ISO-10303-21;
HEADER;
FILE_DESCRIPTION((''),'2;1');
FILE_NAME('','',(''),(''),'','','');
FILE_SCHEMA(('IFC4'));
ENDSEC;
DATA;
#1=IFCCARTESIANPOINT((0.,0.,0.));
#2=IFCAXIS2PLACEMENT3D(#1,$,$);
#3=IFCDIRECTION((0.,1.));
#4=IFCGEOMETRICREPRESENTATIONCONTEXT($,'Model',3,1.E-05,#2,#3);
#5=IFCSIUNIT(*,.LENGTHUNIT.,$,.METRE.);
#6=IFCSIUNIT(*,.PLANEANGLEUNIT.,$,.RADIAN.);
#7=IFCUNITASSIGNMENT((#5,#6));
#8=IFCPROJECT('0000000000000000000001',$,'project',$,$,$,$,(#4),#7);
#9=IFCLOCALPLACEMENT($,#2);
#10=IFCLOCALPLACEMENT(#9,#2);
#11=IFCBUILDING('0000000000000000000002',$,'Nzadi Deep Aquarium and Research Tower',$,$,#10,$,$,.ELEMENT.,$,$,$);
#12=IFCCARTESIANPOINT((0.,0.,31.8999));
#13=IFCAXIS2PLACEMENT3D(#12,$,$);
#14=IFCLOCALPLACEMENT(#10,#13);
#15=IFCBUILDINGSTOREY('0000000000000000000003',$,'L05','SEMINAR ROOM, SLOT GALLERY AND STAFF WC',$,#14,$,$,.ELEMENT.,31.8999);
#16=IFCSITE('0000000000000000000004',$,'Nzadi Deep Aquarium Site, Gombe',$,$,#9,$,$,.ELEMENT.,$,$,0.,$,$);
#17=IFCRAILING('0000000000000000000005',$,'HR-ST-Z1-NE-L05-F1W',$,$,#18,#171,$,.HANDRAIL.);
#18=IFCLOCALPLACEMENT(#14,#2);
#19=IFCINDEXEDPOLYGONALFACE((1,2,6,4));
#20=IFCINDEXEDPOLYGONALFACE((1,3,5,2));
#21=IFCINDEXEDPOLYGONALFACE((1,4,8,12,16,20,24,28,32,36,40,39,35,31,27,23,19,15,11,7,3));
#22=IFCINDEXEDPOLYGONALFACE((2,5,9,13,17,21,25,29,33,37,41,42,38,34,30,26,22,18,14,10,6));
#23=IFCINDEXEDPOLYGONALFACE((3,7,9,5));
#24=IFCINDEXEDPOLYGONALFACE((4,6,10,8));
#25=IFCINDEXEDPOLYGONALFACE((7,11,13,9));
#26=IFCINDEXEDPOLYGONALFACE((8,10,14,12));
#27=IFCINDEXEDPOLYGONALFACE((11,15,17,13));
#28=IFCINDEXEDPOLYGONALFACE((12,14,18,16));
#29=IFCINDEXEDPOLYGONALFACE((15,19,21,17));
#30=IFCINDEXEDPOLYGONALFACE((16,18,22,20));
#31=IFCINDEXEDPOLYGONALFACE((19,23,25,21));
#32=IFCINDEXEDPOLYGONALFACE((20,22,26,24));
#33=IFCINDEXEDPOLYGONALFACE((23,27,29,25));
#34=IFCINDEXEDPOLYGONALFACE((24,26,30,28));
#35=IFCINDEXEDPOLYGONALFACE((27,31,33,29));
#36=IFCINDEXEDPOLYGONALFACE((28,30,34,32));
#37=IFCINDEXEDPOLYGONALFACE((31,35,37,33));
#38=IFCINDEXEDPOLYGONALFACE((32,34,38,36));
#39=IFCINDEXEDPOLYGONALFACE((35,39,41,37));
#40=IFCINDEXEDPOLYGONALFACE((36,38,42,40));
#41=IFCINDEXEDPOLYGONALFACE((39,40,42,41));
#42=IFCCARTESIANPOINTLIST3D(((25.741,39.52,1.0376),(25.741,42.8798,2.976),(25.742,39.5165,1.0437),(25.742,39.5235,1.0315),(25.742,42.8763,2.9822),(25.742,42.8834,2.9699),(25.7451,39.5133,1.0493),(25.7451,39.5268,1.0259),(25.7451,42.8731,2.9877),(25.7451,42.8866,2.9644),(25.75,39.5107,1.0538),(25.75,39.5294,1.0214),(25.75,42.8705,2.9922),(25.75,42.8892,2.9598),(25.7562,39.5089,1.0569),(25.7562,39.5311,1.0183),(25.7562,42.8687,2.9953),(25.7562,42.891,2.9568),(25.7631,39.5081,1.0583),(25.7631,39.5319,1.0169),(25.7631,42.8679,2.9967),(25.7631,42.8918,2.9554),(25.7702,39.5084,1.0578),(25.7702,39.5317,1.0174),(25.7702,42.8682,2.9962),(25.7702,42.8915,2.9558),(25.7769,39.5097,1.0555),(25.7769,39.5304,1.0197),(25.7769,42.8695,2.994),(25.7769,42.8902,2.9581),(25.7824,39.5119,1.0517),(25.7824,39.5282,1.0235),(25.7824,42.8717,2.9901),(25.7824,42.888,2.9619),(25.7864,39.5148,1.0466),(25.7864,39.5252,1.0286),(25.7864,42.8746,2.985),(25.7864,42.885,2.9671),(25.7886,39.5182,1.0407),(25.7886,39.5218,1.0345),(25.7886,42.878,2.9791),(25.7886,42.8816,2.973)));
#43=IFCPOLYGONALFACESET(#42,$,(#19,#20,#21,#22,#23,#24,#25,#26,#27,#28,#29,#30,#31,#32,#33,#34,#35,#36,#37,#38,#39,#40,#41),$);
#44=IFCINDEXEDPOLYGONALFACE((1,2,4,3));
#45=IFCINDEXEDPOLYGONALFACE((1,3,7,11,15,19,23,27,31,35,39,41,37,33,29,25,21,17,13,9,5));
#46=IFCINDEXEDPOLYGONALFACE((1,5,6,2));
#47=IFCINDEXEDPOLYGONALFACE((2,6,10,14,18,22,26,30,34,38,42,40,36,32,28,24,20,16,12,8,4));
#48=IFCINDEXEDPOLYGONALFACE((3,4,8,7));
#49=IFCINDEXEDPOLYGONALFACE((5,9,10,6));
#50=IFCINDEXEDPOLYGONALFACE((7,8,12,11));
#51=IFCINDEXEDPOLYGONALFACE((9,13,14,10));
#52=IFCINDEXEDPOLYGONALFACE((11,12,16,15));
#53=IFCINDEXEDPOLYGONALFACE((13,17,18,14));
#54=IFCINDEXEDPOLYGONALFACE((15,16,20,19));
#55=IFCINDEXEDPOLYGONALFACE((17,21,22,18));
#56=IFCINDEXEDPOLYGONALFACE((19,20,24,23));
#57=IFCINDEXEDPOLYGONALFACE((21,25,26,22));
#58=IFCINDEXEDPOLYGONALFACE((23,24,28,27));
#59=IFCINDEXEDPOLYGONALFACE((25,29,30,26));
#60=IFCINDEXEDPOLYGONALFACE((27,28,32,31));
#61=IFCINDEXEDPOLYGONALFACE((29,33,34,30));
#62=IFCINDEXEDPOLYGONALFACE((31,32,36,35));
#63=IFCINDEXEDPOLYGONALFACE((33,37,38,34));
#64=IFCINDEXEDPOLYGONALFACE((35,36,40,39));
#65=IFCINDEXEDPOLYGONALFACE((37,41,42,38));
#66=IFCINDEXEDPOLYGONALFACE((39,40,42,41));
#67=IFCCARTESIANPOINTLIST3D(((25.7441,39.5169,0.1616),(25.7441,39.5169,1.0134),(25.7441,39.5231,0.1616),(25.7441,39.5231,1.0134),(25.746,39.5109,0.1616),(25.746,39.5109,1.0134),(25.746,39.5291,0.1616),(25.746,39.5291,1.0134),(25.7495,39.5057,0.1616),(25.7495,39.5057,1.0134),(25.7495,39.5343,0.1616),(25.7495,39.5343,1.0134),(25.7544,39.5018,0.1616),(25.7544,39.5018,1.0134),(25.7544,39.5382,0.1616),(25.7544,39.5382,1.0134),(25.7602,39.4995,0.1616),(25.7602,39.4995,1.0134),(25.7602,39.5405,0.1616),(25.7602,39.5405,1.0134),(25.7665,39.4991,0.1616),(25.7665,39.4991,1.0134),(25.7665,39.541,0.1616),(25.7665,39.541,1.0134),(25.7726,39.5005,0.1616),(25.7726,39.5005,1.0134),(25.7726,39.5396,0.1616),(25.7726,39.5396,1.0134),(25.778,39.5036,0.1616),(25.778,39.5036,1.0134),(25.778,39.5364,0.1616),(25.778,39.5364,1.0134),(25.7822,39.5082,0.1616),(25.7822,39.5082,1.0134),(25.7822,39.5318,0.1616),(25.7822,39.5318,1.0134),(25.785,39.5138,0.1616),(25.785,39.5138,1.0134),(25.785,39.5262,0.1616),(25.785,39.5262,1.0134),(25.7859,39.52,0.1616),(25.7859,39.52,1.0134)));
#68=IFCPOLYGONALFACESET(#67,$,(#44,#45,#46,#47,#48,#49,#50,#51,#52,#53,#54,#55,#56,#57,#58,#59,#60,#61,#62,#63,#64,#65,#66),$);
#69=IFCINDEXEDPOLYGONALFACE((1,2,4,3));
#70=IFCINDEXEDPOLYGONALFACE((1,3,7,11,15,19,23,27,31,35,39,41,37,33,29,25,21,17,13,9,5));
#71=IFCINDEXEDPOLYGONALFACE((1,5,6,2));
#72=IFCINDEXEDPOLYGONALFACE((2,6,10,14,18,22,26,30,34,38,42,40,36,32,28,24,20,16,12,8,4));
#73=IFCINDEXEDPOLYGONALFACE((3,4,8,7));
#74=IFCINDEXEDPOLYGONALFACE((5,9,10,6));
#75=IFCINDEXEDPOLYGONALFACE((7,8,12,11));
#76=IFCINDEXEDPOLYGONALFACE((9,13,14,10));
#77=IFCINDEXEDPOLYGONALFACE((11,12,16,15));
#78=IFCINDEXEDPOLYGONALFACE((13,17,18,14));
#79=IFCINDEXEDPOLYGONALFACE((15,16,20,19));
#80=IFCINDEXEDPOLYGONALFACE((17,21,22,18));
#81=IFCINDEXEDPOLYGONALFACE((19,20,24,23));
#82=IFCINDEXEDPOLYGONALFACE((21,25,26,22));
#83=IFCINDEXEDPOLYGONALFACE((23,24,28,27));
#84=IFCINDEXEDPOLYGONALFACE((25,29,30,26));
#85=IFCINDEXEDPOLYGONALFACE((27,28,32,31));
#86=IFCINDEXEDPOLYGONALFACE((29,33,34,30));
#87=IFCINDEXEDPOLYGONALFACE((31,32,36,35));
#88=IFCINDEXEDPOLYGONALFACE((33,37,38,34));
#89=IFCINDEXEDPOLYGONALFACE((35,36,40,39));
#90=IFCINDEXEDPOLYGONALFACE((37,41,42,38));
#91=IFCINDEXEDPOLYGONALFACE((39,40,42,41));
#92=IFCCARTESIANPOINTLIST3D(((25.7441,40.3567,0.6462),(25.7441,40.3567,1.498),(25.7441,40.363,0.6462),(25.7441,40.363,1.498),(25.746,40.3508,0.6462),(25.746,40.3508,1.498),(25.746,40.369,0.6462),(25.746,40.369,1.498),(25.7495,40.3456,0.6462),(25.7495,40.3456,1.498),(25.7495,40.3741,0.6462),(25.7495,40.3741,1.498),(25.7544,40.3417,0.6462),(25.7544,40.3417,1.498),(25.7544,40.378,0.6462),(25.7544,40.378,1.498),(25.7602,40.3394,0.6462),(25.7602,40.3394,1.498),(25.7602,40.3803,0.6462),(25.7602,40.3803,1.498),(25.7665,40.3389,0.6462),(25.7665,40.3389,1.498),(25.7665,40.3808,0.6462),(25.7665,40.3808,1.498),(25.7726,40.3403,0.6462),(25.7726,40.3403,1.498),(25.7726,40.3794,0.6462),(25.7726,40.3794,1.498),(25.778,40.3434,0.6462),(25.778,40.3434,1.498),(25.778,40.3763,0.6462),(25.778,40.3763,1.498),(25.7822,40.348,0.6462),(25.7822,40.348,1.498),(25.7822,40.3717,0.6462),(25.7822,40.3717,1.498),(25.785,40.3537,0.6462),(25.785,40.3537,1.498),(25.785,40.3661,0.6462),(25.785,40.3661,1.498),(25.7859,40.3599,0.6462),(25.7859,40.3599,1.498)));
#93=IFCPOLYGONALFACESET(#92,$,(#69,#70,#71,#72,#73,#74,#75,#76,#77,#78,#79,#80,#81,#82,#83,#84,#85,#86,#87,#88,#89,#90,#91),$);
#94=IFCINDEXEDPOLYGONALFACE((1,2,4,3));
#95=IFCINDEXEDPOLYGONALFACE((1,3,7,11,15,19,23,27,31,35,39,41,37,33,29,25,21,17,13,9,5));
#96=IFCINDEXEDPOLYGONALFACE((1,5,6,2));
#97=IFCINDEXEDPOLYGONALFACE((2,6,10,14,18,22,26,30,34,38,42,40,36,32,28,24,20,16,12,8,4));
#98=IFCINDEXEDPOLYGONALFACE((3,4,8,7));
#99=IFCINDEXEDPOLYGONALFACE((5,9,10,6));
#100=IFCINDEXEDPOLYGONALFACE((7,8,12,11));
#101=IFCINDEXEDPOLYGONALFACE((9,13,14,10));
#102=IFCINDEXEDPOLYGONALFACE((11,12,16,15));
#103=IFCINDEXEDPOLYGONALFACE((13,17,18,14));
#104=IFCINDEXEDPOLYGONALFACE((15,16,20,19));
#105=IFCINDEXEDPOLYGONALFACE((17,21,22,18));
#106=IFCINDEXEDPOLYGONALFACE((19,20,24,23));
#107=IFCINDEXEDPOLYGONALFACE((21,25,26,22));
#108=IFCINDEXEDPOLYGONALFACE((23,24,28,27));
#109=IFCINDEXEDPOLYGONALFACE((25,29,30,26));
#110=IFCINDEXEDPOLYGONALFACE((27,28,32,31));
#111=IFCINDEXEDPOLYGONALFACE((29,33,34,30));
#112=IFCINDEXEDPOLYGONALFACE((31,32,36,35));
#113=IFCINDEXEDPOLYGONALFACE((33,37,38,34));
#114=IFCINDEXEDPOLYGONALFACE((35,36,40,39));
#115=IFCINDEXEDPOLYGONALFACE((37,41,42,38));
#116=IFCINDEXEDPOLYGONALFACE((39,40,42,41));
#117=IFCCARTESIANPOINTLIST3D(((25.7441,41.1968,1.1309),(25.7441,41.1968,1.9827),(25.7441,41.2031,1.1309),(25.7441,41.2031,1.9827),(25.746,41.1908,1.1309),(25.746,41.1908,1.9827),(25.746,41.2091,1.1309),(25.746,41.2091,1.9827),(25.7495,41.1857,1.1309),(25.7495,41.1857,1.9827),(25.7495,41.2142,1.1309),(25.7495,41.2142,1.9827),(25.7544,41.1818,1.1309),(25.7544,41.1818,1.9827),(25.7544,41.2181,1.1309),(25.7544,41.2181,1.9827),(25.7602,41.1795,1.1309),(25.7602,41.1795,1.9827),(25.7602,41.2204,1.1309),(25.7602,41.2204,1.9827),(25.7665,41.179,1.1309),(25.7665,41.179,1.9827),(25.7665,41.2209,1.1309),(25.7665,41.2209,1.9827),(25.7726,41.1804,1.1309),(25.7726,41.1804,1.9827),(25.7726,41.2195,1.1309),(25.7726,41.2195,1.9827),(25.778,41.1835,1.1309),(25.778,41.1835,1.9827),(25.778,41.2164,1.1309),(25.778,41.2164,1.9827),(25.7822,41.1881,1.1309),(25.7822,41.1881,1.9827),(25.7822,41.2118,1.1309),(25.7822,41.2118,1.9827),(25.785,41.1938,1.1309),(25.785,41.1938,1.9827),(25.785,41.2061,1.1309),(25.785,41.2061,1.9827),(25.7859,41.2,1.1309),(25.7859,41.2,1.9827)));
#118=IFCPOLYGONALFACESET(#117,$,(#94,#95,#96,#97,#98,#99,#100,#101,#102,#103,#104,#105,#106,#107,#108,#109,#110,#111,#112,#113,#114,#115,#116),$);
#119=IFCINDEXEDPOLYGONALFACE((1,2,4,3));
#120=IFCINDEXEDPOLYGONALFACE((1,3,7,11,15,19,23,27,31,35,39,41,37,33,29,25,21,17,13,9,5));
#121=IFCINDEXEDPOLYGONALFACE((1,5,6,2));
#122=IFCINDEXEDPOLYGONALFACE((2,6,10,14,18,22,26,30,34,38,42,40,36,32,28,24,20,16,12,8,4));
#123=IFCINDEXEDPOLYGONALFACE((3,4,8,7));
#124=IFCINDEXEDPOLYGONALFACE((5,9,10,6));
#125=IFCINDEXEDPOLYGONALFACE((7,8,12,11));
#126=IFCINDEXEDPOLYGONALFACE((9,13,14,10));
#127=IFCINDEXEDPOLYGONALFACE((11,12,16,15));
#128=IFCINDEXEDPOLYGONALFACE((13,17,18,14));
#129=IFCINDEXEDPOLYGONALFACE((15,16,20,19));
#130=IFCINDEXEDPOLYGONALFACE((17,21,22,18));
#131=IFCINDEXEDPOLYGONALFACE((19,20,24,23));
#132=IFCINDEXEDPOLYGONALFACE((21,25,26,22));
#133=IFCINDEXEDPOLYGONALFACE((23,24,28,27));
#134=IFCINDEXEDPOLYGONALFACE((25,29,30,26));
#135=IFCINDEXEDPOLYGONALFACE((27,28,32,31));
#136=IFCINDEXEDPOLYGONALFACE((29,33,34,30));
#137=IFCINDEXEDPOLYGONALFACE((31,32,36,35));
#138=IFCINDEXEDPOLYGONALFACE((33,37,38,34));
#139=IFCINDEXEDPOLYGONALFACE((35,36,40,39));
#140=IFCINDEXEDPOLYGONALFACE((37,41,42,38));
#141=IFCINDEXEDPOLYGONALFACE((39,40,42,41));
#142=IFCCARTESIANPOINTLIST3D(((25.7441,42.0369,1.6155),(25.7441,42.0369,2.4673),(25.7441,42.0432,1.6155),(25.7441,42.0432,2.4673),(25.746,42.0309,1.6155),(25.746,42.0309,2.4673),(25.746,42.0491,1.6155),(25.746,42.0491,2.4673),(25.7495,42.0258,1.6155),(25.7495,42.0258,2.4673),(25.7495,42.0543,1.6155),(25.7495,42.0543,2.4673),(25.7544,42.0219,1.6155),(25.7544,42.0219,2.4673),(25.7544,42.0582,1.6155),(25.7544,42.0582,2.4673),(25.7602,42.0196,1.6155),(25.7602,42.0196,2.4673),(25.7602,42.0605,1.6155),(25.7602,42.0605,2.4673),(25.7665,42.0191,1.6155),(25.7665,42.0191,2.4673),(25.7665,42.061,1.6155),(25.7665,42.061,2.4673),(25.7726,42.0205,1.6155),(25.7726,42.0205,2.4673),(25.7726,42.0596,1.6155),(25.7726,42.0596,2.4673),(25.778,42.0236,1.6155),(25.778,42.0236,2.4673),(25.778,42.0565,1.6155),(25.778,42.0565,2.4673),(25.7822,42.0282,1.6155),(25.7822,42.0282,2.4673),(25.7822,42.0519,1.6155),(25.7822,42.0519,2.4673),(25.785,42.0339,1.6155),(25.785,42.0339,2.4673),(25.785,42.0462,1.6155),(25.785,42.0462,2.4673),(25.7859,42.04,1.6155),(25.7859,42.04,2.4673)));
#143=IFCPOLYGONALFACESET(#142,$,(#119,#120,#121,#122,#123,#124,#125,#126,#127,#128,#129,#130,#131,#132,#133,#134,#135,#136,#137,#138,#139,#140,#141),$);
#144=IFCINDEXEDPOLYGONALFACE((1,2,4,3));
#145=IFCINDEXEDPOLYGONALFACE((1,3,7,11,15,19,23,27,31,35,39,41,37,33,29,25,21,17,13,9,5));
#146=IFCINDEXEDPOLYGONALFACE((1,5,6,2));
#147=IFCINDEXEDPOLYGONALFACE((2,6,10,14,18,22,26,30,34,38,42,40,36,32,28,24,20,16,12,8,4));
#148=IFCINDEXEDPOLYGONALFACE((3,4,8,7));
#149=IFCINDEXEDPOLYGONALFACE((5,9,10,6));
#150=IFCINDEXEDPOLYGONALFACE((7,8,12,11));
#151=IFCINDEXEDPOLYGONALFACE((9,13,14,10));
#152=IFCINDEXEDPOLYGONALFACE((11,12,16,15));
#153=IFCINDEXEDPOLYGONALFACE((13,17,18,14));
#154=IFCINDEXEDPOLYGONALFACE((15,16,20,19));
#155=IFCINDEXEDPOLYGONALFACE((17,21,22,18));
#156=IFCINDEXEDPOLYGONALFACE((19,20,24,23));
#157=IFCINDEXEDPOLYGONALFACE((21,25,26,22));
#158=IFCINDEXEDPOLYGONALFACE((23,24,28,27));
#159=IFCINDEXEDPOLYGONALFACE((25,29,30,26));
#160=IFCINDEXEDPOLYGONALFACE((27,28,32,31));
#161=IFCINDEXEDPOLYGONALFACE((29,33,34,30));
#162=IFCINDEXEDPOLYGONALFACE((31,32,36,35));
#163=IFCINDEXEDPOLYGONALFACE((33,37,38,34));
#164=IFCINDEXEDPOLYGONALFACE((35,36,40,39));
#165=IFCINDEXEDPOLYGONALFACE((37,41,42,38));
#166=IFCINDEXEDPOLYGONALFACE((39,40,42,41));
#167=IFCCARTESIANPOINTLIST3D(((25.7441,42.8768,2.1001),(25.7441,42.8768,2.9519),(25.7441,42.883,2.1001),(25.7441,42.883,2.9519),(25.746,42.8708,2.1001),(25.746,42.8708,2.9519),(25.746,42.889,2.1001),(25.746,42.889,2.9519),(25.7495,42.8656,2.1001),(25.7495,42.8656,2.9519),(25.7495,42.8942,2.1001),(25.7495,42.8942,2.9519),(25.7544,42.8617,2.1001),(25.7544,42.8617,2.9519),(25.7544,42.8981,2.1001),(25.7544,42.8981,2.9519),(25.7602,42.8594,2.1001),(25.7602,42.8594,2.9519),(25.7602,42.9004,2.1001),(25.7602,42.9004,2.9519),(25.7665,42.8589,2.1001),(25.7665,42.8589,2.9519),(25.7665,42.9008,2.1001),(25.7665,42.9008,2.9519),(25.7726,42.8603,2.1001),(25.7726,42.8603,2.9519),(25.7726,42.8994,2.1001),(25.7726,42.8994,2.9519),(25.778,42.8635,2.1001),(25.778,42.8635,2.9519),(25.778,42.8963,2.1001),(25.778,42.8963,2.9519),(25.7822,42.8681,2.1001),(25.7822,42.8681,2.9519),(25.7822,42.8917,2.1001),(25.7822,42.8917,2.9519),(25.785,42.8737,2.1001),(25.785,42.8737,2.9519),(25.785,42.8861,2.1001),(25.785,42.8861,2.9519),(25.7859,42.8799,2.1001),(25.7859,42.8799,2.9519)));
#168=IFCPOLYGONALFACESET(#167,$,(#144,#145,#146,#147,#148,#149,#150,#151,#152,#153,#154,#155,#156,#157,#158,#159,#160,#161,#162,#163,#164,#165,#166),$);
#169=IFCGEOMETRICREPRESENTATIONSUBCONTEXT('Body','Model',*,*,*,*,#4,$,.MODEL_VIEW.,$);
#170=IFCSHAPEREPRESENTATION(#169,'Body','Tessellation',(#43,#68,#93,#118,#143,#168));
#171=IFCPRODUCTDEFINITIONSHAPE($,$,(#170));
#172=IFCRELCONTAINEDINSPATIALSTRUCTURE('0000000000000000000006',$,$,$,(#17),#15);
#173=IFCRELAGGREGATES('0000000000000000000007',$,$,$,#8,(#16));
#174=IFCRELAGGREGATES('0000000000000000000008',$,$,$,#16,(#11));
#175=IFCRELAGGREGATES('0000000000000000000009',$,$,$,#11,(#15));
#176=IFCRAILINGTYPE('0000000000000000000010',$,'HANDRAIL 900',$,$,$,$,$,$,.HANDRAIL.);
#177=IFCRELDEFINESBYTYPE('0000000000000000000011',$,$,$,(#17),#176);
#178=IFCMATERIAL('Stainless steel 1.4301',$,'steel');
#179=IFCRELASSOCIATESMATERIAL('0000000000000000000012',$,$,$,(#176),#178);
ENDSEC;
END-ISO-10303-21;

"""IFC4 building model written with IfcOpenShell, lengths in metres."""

from ifc_helpers import new_model, si_unit, direction, frame, origin, origin_2d, place, context, subcontext, project, spatial, circle, extrude, material, type_object, element, save


model = new_model("IFC4")

# Units and contexts
model_context = context("Model", 3, precision=1e-05, world=origin(), true_north=direction((0.0, 1.0)))
body_context = subcontext(model_context, "Body", "Model", "MODEL_VIEW")
ifc_project = project(units=[si_unit("LENGTHUNIT", "METRE"), si_unit("PLANEANGLEUNIT", "RADIAN")], contexts=[model_context])

# Site, building, storey
site_placement = place(None, origin())
site = spatial("IfcSite", under=ifc_project, at=site_placement, Name="Nzadi Deep Aquarium Site, Gombe", CompositionType="ELEMENT", RefElevation=0.0)
building_placement = place(site_placement, origin())
building = spatial("IfcBuilding", under=site, at=building_placement, Name="Nzadi Deep Aquarium and Research Tower", CompositionType="ELEMENT")
storey_placement = place(building_placement, frame((0.0, 0.0, 31.8999)))
storey = spatial("IfcBuildingStorey", under=building, at=storey_placement, Name="L05", Description="SEMINAR ROOM, SLOT GALLERY AND STAFF WC", CompositionType="ELEMENT", Elevation=31.8999)

# Railing
ifc_material_1 = material(Name="Stainless steel 1.4301", Category="steel")
railing_type = type_object("IfcRailingType", Name="HANDRAIL 900", PredefinedType="HANDRAIL", material=ifc_material_1)
for number, where, name in (
    (1, (25.7649, 39.52, 0.1616), "HR-ST-Z1-NE-L05-F1W"),
):
    element("IfcRailing", number, at=place(storey_placement, frame(where)), inside=storey, type_object=railing_type, Name=name, PredefinedType="HANDRAIL", context=body_context, shape_type="SweptSolid", body=[
        extrude(circle(Radius=0.0239, at=origin_2d()), frame((0.0, 0.0, 0.876), z_axis=(0.0, 0.866175, 0.499741), x_axis=(-1.0, 0.0, 0.0)), (0.0, 0.0, 1.0), 3.8789),
        extrude(circle(Radius=0.021, at=origin_2d()), origin(), (0.0, 0.0, 1.0), 0.8518),
        extrude(circle(Radius=0.021, at=origin_2d()), frame((0.0, 0.8398, 0.4846)), (0.0, 0.0, 1.0), 0.8518),
        extrude(circle(Radius=0.021, at=origin_2d()), frame((0.0, 1.6799, 0.9692)), (0.0, 0.0, 1.0), 0.8518),
        extrude(circle(Radius=0.021, at=origin_2d()), frame((0.0, 2.52, 1.4539)), (0.0, 0.0, 1.0), 0.8518),
        extrude(circle(Radius=0.021, at=origin_2d()), frame((0.0, 3.3599, 1.9385)), (0.0, 0.0, 1.0), 0.8518),
    ])

save(model, "model.ifc")
